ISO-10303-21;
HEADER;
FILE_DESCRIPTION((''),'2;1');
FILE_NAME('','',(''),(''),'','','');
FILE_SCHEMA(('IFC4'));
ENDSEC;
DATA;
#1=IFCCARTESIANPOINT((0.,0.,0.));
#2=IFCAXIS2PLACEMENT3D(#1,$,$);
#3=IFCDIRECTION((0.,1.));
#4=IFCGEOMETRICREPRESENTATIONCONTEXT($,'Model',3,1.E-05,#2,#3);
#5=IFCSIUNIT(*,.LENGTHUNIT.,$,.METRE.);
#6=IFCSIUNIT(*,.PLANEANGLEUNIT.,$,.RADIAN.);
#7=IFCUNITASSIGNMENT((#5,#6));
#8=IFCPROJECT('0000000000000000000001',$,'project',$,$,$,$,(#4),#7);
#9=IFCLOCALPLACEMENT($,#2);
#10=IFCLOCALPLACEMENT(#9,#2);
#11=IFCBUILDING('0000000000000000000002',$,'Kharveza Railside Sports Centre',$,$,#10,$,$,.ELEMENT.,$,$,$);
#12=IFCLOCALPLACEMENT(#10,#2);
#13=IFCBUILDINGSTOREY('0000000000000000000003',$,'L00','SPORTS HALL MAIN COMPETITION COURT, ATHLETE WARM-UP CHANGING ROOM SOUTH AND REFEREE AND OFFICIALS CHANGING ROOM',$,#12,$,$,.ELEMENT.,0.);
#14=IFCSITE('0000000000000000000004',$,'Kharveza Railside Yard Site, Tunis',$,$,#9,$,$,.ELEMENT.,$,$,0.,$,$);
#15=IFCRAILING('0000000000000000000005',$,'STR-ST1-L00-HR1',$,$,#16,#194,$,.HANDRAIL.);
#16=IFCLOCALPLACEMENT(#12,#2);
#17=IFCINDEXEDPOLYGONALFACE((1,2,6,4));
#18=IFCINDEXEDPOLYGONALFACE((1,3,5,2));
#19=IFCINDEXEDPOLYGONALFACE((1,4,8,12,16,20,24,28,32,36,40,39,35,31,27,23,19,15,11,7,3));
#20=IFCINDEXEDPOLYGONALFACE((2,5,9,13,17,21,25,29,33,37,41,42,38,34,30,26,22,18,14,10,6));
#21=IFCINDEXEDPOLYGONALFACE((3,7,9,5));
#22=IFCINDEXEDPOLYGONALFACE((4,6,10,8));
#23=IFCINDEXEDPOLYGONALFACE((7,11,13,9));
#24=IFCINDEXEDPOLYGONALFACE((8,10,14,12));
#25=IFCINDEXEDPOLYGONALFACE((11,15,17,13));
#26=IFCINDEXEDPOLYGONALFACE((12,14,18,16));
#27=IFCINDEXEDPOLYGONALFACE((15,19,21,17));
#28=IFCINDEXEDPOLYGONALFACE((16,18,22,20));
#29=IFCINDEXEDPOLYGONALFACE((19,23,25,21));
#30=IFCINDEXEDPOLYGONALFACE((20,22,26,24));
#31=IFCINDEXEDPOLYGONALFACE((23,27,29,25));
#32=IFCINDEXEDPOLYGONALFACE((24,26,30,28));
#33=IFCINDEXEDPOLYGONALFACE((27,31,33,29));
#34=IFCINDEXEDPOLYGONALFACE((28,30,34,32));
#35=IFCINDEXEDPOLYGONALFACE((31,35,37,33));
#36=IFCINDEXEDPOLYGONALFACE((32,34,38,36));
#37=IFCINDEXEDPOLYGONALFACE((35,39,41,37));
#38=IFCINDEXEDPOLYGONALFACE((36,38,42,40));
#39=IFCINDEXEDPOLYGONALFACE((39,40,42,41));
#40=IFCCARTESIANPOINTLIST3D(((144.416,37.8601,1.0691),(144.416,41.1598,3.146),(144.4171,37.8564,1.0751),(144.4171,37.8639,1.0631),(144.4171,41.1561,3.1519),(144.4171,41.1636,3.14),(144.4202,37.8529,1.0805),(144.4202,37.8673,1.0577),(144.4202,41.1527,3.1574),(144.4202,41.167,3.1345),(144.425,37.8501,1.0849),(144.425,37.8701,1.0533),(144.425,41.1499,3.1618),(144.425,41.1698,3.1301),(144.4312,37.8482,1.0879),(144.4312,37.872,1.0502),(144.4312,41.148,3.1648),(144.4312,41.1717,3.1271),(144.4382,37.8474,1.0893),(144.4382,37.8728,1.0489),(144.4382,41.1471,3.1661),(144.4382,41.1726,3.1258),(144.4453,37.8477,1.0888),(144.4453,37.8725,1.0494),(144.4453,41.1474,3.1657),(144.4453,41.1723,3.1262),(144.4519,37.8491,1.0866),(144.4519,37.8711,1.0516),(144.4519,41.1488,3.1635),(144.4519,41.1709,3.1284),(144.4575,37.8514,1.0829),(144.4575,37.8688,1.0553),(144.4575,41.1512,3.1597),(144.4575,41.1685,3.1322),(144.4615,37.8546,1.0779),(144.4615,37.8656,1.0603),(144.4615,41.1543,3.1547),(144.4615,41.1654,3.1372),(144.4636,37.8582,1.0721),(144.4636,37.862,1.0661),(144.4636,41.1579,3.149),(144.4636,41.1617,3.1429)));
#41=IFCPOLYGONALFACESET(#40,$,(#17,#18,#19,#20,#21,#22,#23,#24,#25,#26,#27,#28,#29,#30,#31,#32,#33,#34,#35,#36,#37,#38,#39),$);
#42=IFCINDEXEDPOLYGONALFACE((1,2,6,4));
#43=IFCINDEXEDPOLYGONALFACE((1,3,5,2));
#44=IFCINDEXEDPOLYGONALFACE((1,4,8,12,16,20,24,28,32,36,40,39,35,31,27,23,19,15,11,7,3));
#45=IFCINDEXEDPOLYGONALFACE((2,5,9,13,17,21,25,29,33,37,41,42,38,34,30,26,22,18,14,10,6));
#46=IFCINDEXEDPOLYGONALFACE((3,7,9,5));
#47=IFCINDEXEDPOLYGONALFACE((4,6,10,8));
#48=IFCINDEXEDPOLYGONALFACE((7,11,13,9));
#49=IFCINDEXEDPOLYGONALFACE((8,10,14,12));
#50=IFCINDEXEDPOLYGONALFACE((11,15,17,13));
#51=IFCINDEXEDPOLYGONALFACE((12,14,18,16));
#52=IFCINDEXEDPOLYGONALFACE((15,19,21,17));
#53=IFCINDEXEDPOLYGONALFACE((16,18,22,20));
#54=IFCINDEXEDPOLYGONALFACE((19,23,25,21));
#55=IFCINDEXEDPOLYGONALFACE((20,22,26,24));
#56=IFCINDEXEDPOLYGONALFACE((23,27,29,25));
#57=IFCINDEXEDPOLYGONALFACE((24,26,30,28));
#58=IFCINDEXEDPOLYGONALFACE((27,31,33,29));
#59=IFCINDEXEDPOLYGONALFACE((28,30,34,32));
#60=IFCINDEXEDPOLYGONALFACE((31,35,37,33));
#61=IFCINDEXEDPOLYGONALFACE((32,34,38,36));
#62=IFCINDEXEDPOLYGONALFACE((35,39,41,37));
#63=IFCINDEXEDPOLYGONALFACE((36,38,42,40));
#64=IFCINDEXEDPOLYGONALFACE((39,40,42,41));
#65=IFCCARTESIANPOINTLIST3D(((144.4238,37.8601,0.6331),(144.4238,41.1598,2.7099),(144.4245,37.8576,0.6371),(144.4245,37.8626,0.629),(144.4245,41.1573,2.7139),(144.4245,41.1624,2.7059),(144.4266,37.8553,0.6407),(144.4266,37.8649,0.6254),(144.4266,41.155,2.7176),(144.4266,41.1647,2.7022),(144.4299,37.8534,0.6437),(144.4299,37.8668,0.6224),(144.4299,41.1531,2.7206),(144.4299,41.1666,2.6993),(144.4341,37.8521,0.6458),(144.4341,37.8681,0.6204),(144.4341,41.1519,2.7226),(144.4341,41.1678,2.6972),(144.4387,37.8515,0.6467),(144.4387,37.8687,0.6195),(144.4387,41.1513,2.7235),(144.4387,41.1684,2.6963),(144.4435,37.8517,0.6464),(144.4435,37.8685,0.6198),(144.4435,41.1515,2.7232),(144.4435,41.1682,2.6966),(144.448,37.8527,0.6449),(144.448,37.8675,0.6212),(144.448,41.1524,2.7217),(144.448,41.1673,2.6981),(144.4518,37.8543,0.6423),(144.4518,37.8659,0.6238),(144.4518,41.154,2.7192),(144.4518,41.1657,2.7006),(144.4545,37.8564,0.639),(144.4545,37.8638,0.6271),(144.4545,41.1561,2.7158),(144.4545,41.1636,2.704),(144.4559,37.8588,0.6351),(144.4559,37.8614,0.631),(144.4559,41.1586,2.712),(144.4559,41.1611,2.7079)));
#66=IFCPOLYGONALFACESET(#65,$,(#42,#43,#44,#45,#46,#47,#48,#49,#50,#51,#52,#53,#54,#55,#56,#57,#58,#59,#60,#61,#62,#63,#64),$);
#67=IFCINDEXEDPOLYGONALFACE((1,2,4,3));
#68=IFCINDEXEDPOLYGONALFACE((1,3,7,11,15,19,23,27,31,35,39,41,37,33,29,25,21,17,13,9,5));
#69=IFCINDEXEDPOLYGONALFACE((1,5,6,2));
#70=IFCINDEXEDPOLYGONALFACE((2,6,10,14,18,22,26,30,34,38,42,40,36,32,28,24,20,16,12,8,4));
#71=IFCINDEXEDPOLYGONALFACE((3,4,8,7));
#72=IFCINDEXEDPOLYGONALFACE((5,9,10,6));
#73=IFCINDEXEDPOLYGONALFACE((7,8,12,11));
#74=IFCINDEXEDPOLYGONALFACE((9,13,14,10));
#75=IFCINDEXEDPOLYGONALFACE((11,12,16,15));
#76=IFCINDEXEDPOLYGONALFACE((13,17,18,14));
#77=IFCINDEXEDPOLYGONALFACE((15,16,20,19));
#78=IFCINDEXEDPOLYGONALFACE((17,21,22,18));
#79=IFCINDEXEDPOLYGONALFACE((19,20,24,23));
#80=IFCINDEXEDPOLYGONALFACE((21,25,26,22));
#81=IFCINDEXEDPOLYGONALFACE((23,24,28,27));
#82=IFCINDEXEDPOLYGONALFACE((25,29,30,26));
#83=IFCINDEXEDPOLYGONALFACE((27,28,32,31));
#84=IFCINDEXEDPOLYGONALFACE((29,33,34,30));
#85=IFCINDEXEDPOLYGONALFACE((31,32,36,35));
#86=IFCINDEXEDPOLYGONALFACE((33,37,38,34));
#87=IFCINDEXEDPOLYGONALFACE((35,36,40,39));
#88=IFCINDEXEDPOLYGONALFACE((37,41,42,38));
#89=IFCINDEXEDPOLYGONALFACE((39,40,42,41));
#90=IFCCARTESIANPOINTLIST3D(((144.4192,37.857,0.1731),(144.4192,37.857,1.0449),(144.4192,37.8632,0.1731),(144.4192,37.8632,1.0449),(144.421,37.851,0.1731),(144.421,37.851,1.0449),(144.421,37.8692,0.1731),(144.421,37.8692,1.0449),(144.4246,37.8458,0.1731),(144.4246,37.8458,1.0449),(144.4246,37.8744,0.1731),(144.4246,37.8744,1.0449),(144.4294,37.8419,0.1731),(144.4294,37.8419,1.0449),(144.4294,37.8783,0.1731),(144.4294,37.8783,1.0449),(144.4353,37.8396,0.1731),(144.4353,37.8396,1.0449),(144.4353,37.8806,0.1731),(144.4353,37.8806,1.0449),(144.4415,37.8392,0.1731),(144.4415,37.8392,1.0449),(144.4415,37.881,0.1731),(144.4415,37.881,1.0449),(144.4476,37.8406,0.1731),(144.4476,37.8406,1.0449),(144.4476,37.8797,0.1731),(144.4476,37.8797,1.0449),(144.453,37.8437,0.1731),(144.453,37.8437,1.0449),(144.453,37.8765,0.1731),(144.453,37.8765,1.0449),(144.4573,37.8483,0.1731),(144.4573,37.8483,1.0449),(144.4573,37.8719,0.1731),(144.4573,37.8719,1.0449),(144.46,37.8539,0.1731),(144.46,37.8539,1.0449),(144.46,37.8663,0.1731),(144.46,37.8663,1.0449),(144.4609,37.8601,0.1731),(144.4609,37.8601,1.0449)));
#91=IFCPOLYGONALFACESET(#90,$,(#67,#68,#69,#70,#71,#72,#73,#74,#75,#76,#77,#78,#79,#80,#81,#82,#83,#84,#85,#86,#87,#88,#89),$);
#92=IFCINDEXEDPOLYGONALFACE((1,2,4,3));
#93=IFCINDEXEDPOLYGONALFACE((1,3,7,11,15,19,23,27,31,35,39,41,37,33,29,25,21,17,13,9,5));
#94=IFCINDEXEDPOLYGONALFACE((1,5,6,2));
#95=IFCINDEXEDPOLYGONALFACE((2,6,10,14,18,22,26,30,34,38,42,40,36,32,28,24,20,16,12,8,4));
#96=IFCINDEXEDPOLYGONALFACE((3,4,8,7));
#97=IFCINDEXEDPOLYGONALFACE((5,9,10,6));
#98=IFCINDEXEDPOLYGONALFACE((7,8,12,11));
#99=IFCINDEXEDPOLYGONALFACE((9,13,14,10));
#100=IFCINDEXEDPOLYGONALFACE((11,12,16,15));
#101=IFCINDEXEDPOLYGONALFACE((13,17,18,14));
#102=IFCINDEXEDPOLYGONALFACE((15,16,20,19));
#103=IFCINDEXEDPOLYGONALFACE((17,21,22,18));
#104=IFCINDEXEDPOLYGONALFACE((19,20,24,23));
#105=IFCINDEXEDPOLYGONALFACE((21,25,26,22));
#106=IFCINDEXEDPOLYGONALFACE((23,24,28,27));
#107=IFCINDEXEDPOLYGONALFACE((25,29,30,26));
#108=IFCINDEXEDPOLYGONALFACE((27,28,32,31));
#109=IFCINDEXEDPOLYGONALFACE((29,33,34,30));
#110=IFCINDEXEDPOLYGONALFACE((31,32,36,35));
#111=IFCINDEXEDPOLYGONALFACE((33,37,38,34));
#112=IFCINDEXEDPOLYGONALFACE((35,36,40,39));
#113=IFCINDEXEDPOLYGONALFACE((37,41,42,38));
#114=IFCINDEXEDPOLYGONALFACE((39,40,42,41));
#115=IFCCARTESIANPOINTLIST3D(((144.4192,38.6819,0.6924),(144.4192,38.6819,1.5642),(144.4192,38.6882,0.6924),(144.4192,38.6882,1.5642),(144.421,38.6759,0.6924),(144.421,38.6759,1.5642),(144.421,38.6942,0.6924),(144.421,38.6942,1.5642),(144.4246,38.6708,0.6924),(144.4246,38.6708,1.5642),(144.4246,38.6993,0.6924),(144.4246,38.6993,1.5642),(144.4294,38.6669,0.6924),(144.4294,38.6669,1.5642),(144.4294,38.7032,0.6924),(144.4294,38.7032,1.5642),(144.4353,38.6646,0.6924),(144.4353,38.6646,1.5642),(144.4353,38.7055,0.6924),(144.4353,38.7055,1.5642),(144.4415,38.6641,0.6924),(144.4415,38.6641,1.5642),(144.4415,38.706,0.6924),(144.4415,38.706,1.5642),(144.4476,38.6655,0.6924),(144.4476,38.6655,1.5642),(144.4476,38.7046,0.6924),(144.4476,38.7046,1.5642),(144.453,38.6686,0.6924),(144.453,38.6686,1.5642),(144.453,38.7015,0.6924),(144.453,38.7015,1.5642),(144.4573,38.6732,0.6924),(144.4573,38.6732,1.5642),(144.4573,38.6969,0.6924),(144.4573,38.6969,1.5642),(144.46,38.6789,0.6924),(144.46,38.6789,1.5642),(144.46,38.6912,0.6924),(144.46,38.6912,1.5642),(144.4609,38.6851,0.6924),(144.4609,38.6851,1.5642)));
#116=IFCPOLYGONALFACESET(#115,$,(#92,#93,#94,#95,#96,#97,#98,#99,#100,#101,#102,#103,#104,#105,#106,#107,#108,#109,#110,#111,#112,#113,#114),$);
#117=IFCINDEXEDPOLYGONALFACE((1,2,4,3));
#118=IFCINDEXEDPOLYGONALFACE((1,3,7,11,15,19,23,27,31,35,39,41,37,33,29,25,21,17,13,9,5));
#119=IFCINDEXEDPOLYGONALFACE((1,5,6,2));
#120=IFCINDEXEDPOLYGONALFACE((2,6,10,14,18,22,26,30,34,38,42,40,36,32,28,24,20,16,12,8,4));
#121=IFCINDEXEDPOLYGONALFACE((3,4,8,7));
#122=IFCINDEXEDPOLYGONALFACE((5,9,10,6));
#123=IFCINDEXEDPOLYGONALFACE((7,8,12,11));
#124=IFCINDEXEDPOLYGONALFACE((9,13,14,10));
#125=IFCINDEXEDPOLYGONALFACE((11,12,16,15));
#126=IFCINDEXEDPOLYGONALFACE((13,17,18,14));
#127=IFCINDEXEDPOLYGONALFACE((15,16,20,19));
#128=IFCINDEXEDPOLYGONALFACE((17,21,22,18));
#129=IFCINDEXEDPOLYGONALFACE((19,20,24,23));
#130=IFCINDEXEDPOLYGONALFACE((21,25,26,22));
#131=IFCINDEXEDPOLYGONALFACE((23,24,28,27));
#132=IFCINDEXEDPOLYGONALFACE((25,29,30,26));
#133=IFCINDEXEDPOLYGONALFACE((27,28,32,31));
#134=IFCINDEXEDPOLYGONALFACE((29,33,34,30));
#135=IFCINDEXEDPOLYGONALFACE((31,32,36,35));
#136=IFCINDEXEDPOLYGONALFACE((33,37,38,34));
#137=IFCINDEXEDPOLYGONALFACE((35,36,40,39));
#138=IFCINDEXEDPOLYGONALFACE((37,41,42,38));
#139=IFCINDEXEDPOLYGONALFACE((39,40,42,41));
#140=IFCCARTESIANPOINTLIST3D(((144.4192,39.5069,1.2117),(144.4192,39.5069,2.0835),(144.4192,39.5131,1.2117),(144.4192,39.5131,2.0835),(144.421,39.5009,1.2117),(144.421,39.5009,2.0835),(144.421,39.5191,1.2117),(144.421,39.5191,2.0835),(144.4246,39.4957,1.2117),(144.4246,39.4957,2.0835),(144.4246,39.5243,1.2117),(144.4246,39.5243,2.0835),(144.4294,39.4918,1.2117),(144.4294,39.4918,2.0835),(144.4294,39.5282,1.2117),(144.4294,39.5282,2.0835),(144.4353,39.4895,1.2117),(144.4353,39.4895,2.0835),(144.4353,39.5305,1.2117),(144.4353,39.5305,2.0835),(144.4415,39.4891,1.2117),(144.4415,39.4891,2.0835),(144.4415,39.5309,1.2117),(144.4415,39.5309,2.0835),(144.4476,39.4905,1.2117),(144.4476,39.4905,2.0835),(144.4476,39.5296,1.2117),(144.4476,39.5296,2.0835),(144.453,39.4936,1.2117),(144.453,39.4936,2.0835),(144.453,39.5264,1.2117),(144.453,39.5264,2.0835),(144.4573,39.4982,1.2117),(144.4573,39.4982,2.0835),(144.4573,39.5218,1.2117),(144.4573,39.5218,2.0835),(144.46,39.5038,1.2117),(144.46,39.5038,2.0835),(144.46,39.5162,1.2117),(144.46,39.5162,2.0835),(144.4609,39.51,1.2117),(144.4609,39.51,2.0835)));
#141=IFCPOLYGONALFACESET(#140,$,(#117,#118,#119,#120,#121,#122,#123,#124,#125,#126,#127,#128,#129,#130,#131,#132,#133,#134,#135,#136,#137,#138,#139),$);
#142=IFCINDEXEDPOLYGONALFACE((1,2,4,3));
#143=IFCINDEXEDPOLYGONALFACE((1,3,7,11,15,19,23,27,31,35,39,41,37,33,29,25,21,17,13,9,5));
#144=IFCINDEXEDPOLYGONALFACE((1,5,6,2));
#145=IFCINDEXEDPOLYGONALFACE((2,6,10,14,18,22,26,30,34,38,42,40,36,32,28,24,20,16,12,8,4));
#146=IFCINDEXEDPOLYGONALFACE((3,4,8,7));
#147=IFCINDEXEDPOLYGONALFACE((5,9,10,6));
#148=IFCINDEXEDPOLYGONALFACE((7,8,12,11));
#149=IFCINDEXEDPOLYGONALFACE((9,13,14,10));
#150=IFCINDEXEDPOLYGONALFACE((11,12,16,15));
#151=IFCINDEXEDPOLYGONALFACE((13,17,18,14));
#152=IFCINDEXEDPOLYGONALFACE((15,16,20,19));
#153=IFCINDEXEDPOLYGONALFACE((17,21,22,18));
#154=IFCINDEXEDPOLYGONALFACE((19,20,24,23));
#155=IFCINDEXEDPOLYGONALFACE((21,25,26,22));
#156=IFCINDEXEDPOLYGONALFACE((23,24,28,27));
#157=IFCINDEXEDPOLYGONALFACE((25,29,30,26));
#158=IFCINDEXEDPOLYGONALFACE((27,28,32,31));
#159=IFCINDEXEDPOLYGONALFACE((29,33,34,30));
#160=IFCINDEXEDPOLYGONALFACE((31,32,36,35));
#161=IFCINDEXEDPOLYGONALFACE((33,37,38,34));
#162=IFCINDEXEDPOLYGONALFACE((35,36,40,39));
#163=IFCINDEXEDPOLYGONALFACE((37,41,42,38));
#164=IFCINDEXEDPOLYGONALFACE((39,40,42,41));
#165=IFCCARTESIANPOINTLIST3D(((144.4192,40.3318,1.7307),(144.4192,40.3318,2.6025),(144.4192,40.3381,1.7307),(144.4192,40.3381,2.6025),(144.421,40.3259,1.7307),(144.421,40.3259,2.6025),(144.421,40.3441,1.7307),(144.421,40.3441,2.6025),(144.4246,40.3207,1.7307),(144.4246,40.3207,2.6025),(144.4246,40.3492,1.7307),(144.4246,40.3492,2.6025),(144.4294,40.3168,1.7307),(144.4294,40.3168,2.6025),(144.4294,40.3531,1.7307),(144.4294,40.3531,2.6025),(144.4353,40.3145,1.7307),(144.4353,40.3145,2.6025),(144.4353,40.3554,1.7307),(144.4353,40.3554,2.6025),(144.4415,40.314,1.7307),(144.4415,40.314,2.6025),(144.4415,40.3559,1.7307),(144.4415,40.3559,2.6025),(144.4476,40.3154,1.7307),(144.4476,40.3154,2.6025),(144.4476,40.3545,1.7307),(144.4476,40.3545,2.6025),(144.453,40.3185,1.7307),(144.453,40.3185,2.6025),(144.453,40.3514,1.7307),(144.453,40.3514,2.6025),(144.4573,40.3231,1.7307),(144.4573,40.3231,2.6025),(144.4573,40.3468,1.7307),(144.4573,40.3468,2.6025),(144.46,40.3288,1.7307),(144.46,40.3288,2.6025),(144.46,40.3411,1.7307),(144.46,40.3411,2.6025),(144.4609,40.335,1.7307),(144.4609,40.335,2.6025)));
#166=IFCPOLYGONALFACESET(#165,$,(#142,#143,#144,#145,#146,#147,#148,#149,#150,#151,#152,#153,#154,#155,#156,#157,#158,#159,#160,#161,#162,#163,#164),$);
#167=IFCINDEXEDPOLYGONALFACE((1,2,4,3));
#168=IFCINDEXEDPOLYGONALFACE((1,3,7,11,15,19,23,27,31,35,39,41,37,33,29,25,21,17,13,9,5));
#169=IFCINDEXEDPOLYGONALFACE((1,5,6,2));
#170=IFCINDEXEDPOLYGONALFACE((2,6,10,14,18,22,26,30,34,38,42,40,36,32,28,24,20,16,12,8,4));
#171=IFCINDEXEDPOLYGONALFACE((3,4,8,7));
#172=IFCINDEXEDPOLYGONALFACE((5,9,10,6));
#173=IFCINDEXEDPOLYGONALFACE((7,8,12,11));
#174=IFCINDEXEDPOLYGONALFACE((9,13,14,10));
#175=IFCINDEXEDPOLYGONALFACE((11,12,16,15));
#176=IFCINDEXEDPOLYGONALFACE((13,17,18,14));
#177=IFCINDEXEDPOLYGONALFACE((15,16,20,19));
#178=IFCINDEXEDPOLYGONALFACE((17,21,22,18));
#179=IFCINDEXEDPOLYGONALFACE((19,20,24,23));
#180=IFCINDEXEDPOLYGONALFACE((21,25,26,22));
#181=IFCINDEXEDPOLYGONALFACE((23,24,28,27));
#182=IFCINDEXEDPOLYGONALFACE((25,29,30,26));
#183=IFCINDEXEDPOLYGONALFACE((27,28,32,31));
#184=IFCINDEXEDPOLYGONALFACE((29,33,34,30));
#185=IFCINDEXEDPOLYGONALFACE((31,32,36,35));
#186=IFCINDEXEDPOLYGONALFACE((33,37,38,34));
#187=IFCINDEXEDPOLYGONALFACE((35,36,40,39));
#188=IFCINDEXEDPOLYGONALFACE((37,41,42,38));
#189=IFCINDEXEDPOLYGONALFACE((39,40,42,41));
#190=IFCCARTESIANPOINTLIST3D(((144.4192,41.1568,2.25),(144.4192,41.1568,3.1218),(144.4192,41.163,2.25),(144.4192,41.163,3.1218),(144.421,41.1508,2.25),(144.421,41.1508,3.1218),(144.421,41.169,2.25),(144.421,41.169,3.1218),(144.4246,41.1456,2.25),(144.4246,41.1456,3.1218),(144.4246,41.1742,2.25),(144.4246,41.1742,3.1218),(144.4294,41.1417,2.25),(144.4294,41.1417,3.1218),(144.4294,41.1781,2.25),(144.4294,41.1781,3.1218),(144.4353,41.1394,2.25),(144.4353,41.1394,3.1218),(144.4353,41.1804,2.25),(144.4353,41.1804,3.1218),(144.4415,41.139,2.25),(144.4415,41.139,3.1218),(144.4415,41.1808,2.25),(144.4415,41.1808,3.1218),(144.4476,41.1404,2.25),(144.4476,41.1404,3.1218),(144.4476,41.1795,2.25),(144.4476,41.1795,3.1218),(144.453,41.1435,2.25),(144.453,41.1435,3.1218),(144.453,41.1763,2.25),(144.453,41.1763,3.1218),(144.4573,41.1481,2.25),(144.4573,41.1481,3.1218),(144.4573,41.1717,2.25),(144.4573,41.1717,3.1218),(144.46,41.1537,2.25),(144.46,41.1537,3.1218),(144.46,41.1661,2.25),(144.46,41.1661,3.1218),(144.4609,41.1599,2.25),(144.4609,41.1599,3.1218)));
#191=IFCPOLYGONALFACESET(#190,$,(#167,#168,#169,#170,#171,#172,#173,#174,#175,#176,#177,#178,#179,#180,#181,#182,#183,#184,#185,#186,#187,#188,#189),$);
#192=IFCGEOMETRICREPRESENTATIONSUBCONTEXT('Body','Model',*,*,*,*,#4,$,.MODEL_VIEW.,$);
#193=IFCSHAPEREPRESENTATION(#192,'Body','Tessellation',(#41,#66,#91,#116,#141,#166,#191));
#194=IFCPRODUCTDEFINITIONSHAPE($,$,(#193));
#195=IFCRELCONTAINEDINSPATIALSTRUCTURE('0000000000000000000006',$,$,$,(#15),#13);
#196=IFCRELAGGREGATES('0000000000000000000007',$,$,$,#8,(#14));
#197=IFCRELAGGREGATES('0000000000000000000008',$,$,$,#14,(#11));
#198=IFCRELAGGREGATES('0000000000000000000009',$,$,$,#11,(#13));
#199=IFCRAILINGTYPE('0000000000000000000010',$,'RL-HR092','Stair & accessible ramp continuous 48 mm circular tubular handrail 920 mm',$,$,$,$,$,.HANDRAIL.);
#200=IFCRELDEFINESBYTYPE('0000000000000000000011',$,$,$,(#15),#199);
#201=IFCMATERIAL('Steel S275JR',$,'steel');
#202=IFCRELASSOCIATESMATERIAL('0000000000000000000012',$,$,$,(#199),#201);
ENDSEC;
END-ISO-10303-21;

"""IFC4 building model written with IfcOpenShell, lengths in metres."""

from ifc_helpers import new_model, si_unit, direction, frame, origin, origin_2d, place, context, subcontext, project, spatial, circle, extrude, material, type_object, element, save


model = new_model("IFC4")

# Units and contexts
model_context = context("Model", 3, precision=1e-05, world=origin(), true_north=direction((0.0, 1.0)))
body_context = subcontext(model_context, "Body", "Model", "MODEL_VIEW")
ifc_project = project(units=[si_unit("LENGTHUNIT", "METRE"), si_unit("PLANEANGLEUNIT", "RADIAN")], contexts=[model_context])

# Site, building, storey
site_placement = place(None, origin())
site = spatial("IfcSite", under=ifc_project, at=site_placement, Name="Kharveza Railside Yard Site, Tunis", CompositionType="ELEMENT", RefElevation=0.0)
building_placement = place(site_placement, origin())
building = spatial("IfcBuilding", under=site, at=building_placement, Name="Kharveza Railside Sports Centre", CompositionType="ELEMENT")
storey_placement = place(building_placement, origin())
storey = spatial("IfcBuildingStorey", under=building, at=storey_placement, Name="L00", Description="SPORTS HALL MAIN COMPETITION COURT, ATHLETE WARM-UP CHANGING ROOM SOUTH AND REFEREE AND OFFICIALS CHANGING ROOM", CompositionType="ELEMENT", Elevation=0.0)

# Railing
ifc_material_1 = material(Name="Steel S275JR", Category="steel")
railing_type_1 = type_object("IfcRailingType", Name="RL-HR092", Description="Stair & accessible ramp continuous 48 mm circular tubular handrail 920 mm", PredefinedType="HANDRAIL", material=ifc_material_1)
railing_1_placement = place(storey_placement, frame((144.4399, 37.8601, 0.1731)))
element("IfcRailing", 1, at=railing_1_placement, inside=storey, type_object=railing_type_1, Name="STR-ST1-L00-HR1", PredefinedType="HANDRAIL", context=body_context, shape_type="SweptSolid", body=[
    extrude(circle(Radius=0.0239, at=origin_2d()), frame((0.0, 0.0, 0.896), z_axis=(0.0, 0.84632, 0.532675), x_axis=(-1.0, 0.0, 0.0)), (0.0, 0.0, 1.0), 3.8989),
    extrude(circle(Radius=0.0161, at=origin_2d()), frame((0.0, 0.0, 0.46), z_axis=(0.0, 0.84632, 0.532675), x_axis=(-1.0, 0.0, 0.0)), (0.0, 0.0, 1.0), 3.8989),
    extrude(circle(Radius=0.021, at=origin_2d()), origin(), (0.0, 0.0, 1.0), 0.8718),
    extrude(circle(Radius=0.021, at=origin_2d()), frame((0.0, 0.825, 0.5193)), (0.0, 0.0, 1.0), 0.8718),
    extrude(circle(Radius=0.021, at=origin_2d()), frame((0.0, 1.6499, 1.0386)), (0.0, 0.0, 1.0), 0.8718),
    extrude(circle(Radius=0.021, at=origin_2d()), frame((0.0, 2.4749, 1.5576)), (0.0, 0.0, 1.0), 0.8718),
    extrude(circle(Radius=0.021, at=origin_2d()), frame((0.0, 3.2998, 2.0769)), (0.0, 0.0, 1.0), 0.8718),
])

save(model, "model.ifc")
